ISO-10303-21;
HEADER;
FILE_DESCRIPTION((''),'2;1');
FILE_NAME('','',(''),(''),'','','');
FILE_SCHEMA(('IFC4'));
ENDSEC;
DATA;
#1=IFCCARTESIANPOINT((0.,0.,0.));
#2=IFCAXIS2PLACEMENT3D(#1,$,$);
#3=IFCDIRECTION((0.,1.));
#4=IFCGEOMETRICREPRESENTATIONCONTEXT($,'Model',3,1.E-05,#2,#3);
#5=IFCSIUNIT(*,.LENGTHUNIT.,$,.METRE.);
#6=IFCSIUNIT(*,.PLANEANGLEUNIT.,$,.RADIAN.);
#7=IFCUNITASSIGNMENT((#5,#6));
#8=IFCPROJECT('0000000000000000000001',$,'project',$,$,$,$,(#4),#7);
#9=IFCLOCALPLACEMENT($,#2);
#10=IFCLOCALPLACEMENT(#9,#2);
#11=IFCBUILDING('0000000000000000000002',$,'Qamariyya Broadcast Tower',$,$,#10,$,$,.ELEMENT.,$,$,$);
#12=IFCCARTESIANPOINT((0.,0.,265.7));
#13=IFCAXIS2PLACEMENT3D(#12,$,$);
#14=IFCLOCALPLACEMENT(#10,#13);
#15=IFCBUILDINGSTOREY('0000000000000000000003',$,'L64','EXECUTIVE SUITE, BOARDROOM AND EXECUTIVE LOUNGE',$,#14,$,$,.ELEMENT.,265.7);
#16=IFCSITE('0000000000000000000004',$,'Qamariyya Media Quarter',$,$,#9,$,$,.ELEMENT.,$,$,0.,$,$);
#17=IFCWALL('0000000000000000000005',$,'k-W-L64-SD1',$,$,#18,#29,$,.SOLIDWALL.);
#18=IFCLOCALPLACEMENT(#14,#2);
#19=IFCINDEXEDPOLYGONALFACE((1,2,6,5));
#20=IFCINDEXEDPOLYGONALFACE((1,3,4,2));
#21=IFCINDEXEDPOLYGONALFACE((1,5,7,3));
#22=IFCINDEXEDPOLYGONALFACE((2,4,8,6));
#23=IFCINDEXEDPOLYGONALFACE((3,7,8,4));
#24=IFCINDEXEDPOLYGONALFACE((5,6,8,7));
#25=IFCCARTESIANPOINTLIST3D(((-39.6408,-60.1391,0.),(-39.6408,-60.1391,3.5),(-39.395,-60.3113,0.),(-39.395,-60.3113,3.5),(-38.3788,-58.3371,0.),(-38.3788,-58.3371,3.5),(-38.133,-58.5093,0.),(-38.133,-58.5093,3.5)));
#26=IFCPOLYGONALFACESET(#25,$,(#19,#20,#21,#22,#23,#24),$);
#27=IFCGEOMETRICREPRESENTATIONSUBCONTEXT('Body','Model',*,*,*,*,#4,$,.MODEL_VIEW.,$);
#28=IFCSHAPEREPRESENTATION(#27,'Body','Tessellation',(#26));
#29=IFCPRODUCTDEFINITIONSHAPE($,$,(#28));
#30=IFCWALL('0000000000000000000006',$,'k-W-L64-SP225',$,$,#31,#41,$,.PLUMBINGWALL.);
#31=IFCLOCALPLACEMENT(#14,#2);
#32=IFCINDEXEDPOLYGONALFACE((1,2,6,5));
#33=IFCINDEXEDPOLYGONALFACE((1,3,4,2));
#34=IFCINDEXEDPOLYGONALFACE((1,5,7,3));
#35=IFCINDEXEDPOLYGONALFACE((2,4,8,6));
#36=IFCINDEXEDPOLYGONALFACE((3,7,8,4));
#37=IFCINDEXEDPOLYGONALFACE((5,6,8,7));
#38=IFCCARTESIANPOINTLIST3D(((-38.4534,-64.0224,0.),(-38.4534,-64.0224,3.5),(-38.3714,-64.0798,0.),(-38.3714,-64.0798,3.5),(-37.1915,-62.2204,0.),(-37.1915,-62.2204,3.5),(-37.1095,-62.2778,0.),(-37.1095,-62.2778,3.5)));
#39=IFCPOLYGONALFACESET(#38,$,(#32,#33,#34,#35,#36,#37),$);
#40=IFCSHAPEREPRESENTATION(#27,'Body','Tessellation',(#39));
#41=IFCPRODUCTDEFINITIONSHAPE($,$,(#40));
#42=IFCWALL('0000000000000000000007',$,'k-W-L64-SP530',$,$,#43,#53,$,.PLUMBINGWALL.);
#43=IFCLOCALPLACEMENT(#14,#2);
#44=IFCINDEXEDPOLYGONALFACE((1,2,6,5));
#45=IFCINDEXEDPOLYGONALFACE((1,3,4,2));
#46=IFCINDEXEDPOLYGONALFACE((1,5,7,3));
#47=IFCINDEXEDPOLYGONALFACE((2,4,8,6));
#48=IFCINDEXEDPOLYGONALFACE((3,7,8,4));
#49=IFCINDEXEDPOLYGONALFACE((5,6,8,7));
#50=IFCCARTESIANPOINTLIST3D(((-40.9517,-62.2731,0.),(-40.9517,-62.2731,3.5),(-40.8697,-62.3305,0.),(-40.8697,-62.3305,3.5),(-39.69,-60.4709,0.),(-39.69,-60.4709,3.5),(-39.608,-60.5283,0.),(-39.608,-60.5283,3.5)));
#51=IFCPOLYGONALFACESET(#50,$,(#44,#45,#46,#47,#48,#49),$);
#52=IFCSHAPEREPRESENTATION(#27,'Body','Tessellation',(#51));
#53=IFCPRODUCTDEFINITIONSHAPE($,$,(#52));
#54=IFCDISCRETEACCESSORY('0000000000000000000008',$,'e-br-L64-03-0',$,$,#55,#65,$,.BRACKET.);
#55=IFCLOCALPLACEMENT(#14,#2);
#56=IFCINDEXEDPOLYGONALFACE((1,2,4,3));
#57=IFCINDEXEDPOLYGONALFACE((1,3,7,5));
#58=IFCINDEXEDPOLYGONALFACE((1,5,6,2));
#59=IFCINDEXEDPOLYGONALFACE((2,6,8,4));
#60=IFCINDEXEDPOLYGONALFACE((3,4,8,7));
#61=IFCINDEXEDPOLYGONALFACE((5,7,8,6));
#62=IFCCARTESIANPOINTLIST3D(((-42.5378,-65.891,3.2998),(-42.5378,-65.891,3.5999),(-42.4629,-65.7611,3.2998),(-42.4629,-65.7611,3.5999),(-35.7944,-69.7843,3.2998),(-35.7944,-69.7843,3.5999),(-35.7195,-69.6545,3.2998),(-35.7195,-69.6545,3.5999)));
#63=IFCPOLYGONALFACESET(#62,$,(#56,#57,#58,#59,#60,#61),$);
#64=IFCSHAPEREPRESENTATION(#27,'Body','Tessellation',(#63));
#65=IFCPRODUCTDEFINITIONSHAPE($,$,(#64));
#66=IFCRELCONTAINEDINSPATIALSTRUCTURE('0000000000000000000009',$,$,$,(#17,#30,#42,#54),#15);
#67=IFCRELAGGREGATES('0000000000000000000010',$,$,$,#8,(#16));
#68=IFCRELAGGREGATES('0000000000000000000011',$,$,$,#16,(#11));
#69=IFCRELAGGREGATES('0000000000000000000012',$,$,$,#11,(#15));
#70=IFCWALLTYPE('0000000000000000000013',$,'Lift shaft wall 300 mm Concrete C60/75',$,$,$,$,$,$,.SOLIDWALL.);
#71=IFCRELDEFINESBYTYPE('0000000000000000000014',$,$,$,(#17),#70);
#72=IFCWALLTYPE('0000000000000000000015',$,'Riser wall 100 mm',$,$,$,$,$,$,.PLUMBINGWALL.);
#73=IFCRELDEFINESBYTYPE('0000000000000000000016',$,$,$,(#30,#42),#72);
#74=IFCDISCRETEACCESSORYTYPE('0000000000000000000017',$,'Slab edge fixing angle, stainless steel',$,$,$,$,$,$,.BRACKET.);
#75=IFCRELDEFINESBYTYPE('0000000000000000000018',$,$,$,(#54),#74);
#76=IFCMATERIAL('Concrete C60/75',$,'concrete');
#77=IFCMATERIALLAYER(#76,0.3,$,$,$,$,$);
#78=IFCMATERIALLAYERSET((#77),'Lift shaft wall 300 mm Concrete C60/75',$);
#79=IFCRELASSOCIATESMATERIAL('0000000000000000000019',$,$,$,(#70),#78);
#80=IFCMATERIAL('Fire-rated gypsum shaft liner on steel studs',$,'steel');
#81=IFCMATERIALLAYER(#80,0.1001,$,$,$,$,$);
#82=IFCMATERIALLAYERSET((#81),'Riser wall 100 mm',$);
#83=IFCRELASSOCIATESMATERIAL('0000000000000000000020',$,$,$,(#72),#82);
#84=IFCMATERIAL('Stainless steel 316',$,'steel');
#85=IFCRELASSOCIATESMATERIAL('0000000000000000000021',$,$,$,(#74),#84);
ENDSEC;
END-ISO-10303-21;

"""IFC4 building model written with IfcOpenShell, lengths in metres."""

from ifc_helpers import new_model, si_unit, direction, frame, frame_2d, origin, origin_2d, place, context, subcontext, project, spatial, rectangle, extrude, material, layer, layer_set, type_object, element, save


model = new_model("IFC4")

# Units and contexts
model_context = context("Model", 3, precision=1e-05, world=origin(), true_north=direction((0.0, 1.0)))
body_context = subcontext(model_context, "Body", "Model", "MODEL_VIEW")
ifc_project = project(units=[si_unit("LENGTHUNIT", "METRE"), si_unit("PLANEANGLEUNIT", "RADIAN")], contexts=[model_context])

# Site, building, storey
site_placement = place(None, origin())
site = spatial("IfcSite", under=ifc_project, at=site_placement, Name="Qamariyya Media Quarter", CompositionType="ELEMENT", RefElevation=0.0)
building_placement = place(site_placement, origin())
building = spatial("IfcBuilding", under=site, at=building_placement, Name="Qamariyya Broadcast Tower", CompositionType="ELEMENT")
storey_placement = place(building_placement, frame((0.0, 0.0, 265.7)))
storey = spatial("IfcBuildingStorey", under=building, at=storey_placement, Name="L64", Description="EXECUTIVE SUITE, BOARDROOM AND EXECUTIVE LOUNGE", CompositionType="ELEMENT", Elevation=265.7)

# Shared definitions
ifc_material_1 = material(Name="Concrete C60/75", Category="concrete")

# Shared definitions
ifc_layer_1 = layer(ifc_material_1, 0.3)
ifc_layer_set_1 = layer_set([ifc_layer_1], Name="Lift shaft wall 300 mm Concrete C60/75")
wall_type_1 = type_object("IfcWallType", Name="Lift shaft wall 300 mm Concrete C60/75", PredefinedType="SOLIDWALL", material=ifc_layer_set_1)

# Walls
wall_1_placement = place(storey_placement, frame((-38.2559, -58.4231, 0.0), z_axis=(0.0, 0.0, 1.0), x_axis=(-0.573634, -0.819112, 0.0)))
element("IfcWall", 1, at=wall_1_placement, inside=storey, type_object=wall_type_1, Name="k-W-L64-SD1", PredefinedType="SOLIDWALL", context=body_context, shape_type="SweptSolid", body=[
    extrude(rectangle(XDim=2.2, YDim=0.3, at=frame_2d((1.1001, 0.0))), origin(), (0.0, 0.0, 1.0), 3.5),
])
ifc_material_2 = material(Name="Fire-rated gypsum shaft liner on steel studs", Category="steel")
ifc_layer_2 = layer(ifc_material_2, 0.1001)
ifc_layer_set_2 = layer_set([ifc_layer_2], Name="Riser wall 100 mm")
wall_type_2 = type_object("IfcWallType", Name="Riser wall 100 mm", PredefinedType="PLUMBINGWALL", material=ifc_layer_set_2)
for number, where, z_axis, x_axis, name in (
    (2, (-37.1504, -62.249, 0.0), (0.0, 0.0, 1.0), (-0.573634, -0.819112, 0.0), "k-W-L64-SP225"),
    (3, (-39.6489, -60.4995, 0.0), (0.0, 0.0, 1.0), (-0.573507, -0.819201, 0.0), "k-W-L64-SP530"),
):
    element("IfcWall", number, at=place(storey_placement, frame(where, z_axis=z_axis, x_axis=x_axis)), inside=storey, type_object=wall_type_2, Name=name, PredefinedType="PLUMBINGWALL", context=body_context, shape_type="SweptSolid", body=[
        extrude(rectangle(XDim=2.2, YDim=0.1001, at=frame_2d((1.1001, 0.0))), origin(), (0.0, 0.0, 1.0), 3.5),
    ])

# Discrete accessory
ifc_material_3 = material(Name="Stainless steel 316", Category="steel")
discrete_accessory_type = type_object("IfcDiscreteAccessoryType", Name="Slab edge fixing angle, stainless steel", PredefinedType="BRACKET", material=ifc_material_3)
discrete_accessory_placement = place(storey_placement, frame((-39.1287, -67.7727, 3.2998), z_axis=(0.0, 0.0, 1.0), x_axis=(0.866025, -0.5, 0.0)))
element("IfcDiscreteAccessory", 4, at=discrete_accessory_placement, inside=storey, type_object=discrete_accessory_type, Name="e-br-L64-03-0", PredefinedType="BRACKET", context=body_context, shape_type="SweptSolid", body=[
    extrude(rectangle(XDim=7.7866, YDim=0.1499, at=origin_2d()), origin(), (0.0, 0.0, 1.0), 0.3),
])

save(model, "model.ifc")
